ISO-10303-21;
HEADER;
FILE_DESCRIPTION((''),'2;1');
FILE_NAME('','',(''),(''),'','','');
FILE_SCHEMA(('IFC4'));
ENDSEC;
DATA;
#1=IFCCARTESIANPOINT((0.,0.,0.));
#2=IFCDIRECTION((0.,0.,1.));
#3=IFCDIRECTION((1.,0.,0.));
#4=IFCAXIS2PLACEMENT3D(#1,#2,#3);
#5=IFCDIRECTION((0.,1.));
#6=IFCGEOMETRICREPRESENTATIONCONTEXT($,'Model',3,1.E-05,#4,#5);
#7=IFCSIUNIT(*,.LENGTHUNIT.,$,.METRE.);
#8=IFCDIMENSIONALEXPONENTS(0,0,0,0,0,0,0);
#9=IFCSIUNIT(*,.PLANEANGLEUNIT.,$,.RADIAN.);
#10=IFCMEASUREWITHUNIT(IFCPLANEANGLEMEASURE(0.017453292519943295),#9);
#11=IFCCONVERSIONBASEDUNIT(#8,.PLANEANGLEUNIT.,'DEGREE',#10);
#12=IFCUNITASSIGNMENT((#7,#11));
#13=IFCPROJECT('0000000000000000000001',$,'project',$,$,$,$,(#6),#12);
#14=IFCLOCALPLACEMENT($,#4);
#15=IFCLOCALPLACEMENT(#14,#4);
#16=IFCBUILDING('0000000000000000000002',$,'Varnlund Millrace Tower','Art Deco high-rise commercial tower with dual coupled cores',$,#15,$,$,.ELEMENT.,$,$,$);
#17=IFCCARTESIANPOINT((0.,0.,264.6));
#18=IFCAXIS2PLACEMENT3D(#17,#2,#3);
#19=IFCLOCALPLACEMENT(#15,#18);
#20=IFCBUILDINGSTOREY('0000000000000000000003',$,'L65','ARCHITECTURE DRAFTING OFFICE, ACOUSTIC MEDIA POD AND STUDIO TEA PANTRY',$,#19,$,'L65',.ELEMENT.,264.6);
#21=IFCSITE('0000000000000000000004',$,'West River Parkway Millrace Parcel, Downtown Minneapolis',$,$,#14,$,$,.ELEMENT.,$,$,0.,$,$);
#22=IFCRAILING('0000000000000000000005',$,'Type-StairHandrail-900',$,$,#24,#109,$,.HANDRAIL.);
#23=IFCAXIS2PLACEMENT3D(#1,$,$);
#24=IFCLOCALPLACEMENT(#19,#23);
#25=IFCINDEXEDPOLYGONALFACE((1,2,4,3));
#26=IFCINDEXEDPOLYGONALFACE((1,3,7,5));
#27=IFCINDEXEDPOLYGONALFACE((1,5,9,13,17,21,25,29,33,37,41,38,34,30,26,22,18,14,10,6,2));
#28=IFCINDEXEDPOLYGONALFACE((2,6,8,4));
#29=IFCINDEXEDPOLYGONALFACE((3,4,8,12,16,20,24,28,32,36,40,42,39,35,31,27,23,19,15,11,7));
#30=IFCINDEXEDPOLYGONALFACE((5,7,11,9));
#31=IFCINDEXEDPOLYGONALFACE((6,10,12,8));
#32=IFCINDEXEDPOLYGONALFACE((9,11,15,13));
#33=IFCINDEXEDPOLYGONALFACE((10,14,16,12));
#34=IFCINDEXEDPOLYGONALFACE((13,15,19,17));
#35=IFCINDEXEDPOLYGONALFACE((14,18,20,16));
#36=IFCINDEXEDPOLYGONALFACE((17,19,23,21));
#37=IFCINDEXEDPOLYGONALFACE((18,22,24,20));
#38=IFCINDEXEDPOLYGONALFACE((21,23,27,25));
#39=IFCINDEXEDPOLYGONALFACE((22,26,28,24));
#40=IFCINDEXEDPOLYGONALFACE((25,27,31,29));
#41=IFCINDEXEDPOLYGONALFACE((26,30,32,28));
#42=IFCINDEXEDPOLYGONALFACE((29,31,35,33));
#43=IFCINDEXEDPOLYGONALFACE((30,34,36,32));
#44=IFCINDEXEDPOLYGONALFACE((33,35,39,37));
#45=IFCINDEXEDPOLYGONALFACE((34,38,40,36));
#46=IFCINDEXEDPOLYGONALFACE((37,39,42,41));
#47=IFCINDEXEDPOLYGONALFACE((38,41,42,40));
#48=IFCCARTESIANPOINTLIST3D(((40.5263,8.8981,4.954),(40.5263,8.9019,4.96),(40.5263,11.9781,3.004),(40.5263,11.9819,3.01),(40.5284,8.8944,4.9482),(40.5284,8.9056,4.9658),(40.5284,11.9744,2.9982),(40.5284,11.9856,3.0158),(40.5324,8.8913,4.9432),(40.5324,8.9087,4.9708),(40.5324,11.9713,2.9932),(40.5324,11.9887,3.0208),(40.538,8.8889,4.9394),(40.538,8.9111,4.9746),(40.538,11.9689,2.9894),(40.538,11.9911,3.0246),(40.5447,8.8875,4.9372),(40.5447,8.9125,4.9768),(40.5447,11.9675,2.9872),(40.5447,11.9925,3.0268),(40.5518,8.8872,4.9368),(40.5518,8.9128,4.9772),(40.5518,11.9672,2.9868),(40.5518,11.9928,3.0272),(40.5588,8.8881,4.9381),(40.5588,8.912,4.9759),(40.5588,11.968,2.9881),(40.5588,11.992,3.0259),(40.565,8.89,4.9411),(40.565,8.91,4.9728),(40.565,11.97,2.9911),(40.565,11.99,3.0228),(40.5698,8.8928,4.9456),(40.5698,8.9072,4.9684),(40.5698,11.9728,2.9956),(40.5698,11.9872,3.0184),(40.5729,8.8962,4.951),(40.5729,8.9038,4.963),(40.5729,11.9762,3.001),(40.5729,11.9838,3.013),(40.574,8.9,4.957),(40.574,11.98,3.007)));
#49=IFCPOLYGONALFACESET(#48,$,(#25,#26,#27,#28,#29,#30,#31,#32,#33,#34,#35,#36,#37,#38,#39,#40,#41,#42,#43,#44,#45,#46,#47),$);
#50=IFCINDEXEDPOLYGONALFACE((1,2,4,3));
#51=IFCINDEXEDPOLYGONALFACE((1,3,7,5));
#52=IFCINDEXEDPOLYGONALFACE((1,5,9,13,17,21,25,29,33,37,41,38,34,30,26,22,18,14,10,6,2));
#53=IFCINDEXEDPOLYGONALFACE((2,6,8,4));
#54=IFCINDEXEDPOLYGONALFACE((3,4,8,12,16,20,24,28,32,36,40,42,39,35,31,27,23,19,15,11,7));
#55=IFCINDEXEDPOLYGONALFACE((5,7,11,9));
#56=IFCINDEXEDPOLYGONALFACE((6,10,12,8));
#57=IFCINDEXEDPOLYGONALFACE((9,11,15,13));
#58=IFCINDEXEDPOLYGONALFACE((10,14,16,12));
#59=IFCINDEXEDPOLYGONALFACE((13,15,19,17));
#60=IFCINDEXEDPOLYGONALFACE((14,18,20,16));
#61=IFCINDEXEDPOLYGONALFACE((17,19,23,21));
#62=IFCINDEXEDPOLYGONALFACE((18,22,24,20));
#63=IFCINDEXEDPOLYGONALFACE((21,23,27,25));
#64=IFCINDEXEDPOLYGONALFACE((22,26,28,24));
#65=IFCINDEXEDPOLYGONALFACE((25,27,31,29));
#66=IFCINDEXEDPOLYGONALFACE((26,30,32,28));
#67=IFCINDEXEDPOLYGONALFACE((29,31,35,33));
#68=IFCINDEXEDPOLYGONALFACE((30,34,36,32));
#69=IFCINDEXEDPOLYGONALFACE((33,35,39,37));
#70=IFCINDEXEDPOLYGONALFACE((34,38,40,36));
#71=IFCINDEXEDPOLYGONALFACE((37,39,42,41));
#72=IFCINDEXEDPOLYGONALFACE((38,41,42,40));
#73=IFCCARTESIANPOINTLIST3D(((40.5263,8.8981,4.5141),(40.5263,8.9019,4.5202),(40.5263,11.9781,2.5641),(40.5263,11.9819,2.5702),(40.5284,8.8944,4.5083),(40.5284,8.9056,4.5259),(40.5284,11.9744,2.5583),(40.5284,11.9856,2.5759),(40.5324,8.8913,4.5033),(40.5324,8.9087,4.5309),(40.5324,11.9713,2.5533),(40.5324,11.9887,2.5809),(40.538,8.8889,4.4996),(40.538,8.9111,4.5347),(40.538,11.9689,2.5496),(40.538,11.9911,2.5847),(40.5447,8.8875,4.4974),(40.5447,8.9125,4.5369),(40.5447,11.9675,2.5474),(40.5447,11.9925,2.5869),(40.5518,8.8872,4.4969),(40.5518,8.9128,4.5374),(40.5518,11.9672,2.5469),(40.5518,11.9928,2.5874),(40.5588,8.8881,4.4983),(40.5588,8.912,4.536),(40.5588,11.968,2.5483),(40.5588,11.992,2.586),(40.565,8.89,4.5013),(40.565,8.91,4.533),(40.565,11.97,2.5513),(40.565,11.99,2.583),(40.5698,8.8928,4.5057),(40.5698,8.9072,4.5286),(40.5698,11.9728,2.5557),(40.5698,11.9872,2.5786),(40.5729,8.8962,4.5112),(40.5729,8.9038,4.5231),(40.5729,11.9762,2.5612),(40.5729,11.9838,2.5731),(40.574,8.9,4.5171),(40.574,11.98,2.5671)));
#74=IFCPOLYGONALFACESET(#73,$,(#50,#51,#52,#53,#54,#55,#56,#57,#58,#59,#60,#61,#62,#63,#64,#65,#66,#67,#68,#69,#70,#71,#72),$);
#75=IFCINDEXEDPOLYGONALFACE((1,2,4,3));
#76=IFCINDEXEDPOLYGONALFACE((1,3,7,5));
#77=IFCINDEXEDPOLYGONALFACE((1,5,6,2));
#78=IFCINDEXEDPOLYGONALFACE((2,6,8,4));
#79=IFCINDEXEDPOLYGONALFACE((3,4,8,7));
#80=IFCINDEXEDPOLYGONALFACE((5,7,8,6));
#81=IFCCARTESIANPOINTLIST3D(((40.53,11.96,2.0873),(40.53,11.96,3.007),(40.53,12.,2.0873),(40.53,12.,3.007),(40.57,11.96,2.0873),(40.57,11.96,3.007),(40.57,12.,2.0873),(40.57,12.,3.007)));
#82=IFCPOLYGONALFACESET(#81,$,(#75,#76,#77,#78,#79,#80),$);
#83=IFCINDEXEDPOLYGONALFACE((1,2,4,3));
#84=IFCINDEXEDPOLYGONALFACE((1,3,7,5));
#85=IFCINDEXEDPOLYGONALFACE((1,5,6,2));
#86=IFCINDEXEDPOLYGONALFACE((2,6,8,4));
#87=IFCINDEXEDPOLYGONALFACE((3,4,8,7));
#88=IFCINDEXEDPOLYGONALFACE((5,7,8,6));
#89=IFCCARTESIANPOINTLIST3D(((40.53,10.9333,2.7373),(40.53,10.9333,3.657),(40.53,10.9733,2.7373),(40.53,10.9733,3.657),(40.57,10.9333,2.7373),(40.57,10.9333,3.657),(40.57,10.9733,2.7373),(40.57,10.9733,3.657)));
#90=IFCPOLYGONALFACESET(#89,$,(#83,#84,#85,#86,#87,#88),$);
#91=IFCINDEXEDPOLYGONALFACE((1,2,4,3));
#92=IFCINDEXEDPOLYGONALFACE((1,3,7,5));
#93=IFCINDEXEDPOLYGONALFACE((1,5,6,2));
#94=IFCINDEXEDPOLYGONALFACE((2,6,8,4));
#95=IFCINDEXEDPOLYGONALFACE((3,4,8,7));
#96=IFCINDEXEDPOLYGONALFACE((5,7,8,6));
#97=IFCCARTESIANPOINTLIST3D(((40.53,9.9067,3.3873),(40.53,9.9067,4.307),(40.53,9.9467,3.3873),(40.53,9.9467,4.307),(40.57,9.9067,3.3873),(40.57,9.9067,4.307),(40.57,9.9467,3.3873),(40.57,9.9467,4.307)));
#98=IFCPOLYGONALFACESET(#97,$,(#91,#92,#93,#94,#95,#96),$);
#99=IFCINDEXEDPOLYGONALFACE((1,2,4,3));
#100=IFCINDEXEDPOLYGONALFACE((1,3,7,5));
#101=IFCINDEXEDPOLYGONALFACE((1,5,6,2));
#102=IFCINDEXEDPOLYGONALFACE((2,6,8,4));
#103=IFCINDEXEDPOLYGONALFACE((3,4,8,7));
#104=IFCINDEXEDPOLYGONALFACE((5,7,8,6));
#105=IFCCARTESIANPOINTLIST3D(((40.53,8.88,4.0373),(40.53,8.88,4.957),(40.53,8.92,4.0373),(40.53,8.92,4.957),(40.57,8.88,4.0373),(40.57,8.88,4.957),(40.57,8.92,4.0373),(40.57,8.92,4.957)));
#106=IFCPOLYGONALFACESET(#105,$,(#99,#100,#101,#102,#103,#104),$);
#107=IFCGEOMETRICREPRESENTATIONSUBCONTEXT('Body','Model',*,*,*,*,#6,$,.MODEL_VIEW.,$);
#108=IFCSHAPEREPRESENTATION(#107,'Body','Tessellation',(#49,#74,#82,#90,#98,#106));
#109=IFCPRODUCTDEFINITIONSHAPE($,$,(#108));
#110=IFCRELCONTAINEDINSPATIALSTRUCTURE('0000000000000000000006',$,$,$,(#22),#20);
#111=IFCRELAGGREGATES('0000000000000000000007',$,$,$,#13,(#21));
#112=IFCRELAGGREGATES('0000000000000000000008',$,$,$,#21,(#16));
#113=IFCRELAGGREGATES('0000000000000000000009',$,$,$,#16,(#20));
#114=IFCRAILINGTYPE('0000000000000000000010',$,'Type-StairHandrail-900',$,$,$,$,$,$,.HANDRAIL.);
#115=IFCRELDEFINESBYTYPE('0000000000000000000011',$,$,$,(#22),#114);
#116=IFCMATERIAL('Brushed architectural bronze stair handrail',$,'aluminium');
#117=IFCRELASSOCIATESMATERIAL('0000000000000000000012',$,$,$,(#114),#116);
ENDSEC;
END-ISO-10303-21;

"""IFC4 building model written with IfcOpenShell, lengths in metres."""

from ifc_helpers import new_model, entity, si_unit, converted_unit, direction, frame, origin_with_axes, origin_2d_with_axis, place, context, subcontext, project, spatial, rectangle, circle, extrude, material, type_object, element, save


model = new_model("IFC4")

# Units and contexts
model_context = context("Model", 3, precision=1e-05, world=origin_with_axes(), true_north=direction((0.0, 1.0)))
body_context = subcontext(model_context, "Body", "Model", "MODEL_VIEW")
ifc_project = project(units=[si_unit("LENGTHUNIT", "METRE"), converted_unit("PLANEANGLEUNIT", "DEGREE", entity("IfcPlaneAngleMeasure", 0.017453292519943295), si_unit("PLANEANGLEUNIT", "RADIAN"), dimensions=[0, 0, 0, 0, 0, 0, 0])], contexts=[model_context])

# Site, building, storey
site_placement = place(None, origin_with_axes())
site = spatial("IfcSite", under=ifc_project, at=site_placement, Name="West River Parkway Millrace Parcel, Downtown Minneapolis", CompositionType="ELEMENT", RefElevation=0.0)
building_placement = place(site_placement, origin_with_axes())
building = spatial("IfcBuilding", under=site, at=building_placement, Name="Varnlund Millrace Tower", Description="Art Deco high-rise commercial tower with dual coupled cores", CompositionType="ELEMENT")
storey_placement = place(building_placement, frame((0.0, 0.0, 264.6), z_axis=(0.0, 0.0, 1.0), x_axis=(1.0, 0.0, 0.0)))
storey = spatial("IfcBuildingStorey", under=building, at=storey_placement, Name="L65", Description="ARCHITECTURE DRAFTING OFFICE, ACOUSTIC MEDIA POD AND STUDIO TEA PANTRY", LongName="L65", CompositionType="ELEMENT", Elevation=264.6)

# Railing
ifc_material_1 = material(Name="Brushed architectural bronze stair handrail", Category="aluminium")
railing_type_1 = type_object("IfcRailingType", Name="Type-StairHandrail-900", PredefinedType="HANDRAIL", material=ifc_material_1)
railing_1_placement = place(storey_placement, frame((0.0, 0.0, -264.6), z_axis=(0.0, 0.0, 1.0), x_axis=(1.0, 0.0, 0.0)))
element("IfcRailing", 1, at=railing_1_placement, inside=storey, type_object=railing_type_1, Name="Type-StairHandrail-900", PredefinedType="HANDRAIL", context=body_context, shape_type="SweptSolid", body=[
    extrude(circle(Radius=0.024, at=origin_2d_with_axis()), frame((40.55, 11.98, 267.607), z_axis=(0.0, -0.844902, 0.534922), x_axis=(1.0, 0.0, 0.0)), (0.0, 0.0, 1.0), 3.6454),
    extrude(circle(Radius=0.024, at=origin_2d_with_axis()), frame((40.55, 11.98, 267.1671), z_axis=(0.0, -0.844902, 0.534922), x_axis=(1.0, 0.0, 0.0)), (0.0, 0.0, 1.0), 3.6454),
    extrude(rectangle(XDim=0.04, YDim=0.04, at=origin_2d_with_axis()), frame((40.55, 11.98, 266.6873), z_axis=(0.0, 0.0, 1.0), x_axis=(1.0, 0.0, 0.0)), (0.0, 0.0, 1.0), 0.9197),
    extrude(rectangle(XDim=0.04, YDim=0.04, at=origin_2d_with_axis()), frame((40.55, 10.9533, 267.3373), z_axis=(0.0, 0.0, 1.0), x_axis=(1.0, 0.0, 0.0)), (0.0, 0.0, 1.0), 0.9197),
    extrude(rectangle(XDim=0.04, YDim=0.04, at=origin_2d_with_axis()), frame((40.55, 9.9267, 267.9873), z_axis=(0.0, 0.0, 1.0), x_axis=(1.0, 0.0, 0.0)), (0.0, 0.0, 1.0), 0.9197),
    extrude(rectangle(XDim=0.04, YDim=0.04, at=origin_2d_with_axis()), frame((40.55, 8.9, 268.6373), z_axis=(0.0, 0.0, 1.0), x_axis=(1.0, 0.0, 0.0)), (0.0, 0.0, 1.0), 0.9197),
])

save(model, "model.ifc")
